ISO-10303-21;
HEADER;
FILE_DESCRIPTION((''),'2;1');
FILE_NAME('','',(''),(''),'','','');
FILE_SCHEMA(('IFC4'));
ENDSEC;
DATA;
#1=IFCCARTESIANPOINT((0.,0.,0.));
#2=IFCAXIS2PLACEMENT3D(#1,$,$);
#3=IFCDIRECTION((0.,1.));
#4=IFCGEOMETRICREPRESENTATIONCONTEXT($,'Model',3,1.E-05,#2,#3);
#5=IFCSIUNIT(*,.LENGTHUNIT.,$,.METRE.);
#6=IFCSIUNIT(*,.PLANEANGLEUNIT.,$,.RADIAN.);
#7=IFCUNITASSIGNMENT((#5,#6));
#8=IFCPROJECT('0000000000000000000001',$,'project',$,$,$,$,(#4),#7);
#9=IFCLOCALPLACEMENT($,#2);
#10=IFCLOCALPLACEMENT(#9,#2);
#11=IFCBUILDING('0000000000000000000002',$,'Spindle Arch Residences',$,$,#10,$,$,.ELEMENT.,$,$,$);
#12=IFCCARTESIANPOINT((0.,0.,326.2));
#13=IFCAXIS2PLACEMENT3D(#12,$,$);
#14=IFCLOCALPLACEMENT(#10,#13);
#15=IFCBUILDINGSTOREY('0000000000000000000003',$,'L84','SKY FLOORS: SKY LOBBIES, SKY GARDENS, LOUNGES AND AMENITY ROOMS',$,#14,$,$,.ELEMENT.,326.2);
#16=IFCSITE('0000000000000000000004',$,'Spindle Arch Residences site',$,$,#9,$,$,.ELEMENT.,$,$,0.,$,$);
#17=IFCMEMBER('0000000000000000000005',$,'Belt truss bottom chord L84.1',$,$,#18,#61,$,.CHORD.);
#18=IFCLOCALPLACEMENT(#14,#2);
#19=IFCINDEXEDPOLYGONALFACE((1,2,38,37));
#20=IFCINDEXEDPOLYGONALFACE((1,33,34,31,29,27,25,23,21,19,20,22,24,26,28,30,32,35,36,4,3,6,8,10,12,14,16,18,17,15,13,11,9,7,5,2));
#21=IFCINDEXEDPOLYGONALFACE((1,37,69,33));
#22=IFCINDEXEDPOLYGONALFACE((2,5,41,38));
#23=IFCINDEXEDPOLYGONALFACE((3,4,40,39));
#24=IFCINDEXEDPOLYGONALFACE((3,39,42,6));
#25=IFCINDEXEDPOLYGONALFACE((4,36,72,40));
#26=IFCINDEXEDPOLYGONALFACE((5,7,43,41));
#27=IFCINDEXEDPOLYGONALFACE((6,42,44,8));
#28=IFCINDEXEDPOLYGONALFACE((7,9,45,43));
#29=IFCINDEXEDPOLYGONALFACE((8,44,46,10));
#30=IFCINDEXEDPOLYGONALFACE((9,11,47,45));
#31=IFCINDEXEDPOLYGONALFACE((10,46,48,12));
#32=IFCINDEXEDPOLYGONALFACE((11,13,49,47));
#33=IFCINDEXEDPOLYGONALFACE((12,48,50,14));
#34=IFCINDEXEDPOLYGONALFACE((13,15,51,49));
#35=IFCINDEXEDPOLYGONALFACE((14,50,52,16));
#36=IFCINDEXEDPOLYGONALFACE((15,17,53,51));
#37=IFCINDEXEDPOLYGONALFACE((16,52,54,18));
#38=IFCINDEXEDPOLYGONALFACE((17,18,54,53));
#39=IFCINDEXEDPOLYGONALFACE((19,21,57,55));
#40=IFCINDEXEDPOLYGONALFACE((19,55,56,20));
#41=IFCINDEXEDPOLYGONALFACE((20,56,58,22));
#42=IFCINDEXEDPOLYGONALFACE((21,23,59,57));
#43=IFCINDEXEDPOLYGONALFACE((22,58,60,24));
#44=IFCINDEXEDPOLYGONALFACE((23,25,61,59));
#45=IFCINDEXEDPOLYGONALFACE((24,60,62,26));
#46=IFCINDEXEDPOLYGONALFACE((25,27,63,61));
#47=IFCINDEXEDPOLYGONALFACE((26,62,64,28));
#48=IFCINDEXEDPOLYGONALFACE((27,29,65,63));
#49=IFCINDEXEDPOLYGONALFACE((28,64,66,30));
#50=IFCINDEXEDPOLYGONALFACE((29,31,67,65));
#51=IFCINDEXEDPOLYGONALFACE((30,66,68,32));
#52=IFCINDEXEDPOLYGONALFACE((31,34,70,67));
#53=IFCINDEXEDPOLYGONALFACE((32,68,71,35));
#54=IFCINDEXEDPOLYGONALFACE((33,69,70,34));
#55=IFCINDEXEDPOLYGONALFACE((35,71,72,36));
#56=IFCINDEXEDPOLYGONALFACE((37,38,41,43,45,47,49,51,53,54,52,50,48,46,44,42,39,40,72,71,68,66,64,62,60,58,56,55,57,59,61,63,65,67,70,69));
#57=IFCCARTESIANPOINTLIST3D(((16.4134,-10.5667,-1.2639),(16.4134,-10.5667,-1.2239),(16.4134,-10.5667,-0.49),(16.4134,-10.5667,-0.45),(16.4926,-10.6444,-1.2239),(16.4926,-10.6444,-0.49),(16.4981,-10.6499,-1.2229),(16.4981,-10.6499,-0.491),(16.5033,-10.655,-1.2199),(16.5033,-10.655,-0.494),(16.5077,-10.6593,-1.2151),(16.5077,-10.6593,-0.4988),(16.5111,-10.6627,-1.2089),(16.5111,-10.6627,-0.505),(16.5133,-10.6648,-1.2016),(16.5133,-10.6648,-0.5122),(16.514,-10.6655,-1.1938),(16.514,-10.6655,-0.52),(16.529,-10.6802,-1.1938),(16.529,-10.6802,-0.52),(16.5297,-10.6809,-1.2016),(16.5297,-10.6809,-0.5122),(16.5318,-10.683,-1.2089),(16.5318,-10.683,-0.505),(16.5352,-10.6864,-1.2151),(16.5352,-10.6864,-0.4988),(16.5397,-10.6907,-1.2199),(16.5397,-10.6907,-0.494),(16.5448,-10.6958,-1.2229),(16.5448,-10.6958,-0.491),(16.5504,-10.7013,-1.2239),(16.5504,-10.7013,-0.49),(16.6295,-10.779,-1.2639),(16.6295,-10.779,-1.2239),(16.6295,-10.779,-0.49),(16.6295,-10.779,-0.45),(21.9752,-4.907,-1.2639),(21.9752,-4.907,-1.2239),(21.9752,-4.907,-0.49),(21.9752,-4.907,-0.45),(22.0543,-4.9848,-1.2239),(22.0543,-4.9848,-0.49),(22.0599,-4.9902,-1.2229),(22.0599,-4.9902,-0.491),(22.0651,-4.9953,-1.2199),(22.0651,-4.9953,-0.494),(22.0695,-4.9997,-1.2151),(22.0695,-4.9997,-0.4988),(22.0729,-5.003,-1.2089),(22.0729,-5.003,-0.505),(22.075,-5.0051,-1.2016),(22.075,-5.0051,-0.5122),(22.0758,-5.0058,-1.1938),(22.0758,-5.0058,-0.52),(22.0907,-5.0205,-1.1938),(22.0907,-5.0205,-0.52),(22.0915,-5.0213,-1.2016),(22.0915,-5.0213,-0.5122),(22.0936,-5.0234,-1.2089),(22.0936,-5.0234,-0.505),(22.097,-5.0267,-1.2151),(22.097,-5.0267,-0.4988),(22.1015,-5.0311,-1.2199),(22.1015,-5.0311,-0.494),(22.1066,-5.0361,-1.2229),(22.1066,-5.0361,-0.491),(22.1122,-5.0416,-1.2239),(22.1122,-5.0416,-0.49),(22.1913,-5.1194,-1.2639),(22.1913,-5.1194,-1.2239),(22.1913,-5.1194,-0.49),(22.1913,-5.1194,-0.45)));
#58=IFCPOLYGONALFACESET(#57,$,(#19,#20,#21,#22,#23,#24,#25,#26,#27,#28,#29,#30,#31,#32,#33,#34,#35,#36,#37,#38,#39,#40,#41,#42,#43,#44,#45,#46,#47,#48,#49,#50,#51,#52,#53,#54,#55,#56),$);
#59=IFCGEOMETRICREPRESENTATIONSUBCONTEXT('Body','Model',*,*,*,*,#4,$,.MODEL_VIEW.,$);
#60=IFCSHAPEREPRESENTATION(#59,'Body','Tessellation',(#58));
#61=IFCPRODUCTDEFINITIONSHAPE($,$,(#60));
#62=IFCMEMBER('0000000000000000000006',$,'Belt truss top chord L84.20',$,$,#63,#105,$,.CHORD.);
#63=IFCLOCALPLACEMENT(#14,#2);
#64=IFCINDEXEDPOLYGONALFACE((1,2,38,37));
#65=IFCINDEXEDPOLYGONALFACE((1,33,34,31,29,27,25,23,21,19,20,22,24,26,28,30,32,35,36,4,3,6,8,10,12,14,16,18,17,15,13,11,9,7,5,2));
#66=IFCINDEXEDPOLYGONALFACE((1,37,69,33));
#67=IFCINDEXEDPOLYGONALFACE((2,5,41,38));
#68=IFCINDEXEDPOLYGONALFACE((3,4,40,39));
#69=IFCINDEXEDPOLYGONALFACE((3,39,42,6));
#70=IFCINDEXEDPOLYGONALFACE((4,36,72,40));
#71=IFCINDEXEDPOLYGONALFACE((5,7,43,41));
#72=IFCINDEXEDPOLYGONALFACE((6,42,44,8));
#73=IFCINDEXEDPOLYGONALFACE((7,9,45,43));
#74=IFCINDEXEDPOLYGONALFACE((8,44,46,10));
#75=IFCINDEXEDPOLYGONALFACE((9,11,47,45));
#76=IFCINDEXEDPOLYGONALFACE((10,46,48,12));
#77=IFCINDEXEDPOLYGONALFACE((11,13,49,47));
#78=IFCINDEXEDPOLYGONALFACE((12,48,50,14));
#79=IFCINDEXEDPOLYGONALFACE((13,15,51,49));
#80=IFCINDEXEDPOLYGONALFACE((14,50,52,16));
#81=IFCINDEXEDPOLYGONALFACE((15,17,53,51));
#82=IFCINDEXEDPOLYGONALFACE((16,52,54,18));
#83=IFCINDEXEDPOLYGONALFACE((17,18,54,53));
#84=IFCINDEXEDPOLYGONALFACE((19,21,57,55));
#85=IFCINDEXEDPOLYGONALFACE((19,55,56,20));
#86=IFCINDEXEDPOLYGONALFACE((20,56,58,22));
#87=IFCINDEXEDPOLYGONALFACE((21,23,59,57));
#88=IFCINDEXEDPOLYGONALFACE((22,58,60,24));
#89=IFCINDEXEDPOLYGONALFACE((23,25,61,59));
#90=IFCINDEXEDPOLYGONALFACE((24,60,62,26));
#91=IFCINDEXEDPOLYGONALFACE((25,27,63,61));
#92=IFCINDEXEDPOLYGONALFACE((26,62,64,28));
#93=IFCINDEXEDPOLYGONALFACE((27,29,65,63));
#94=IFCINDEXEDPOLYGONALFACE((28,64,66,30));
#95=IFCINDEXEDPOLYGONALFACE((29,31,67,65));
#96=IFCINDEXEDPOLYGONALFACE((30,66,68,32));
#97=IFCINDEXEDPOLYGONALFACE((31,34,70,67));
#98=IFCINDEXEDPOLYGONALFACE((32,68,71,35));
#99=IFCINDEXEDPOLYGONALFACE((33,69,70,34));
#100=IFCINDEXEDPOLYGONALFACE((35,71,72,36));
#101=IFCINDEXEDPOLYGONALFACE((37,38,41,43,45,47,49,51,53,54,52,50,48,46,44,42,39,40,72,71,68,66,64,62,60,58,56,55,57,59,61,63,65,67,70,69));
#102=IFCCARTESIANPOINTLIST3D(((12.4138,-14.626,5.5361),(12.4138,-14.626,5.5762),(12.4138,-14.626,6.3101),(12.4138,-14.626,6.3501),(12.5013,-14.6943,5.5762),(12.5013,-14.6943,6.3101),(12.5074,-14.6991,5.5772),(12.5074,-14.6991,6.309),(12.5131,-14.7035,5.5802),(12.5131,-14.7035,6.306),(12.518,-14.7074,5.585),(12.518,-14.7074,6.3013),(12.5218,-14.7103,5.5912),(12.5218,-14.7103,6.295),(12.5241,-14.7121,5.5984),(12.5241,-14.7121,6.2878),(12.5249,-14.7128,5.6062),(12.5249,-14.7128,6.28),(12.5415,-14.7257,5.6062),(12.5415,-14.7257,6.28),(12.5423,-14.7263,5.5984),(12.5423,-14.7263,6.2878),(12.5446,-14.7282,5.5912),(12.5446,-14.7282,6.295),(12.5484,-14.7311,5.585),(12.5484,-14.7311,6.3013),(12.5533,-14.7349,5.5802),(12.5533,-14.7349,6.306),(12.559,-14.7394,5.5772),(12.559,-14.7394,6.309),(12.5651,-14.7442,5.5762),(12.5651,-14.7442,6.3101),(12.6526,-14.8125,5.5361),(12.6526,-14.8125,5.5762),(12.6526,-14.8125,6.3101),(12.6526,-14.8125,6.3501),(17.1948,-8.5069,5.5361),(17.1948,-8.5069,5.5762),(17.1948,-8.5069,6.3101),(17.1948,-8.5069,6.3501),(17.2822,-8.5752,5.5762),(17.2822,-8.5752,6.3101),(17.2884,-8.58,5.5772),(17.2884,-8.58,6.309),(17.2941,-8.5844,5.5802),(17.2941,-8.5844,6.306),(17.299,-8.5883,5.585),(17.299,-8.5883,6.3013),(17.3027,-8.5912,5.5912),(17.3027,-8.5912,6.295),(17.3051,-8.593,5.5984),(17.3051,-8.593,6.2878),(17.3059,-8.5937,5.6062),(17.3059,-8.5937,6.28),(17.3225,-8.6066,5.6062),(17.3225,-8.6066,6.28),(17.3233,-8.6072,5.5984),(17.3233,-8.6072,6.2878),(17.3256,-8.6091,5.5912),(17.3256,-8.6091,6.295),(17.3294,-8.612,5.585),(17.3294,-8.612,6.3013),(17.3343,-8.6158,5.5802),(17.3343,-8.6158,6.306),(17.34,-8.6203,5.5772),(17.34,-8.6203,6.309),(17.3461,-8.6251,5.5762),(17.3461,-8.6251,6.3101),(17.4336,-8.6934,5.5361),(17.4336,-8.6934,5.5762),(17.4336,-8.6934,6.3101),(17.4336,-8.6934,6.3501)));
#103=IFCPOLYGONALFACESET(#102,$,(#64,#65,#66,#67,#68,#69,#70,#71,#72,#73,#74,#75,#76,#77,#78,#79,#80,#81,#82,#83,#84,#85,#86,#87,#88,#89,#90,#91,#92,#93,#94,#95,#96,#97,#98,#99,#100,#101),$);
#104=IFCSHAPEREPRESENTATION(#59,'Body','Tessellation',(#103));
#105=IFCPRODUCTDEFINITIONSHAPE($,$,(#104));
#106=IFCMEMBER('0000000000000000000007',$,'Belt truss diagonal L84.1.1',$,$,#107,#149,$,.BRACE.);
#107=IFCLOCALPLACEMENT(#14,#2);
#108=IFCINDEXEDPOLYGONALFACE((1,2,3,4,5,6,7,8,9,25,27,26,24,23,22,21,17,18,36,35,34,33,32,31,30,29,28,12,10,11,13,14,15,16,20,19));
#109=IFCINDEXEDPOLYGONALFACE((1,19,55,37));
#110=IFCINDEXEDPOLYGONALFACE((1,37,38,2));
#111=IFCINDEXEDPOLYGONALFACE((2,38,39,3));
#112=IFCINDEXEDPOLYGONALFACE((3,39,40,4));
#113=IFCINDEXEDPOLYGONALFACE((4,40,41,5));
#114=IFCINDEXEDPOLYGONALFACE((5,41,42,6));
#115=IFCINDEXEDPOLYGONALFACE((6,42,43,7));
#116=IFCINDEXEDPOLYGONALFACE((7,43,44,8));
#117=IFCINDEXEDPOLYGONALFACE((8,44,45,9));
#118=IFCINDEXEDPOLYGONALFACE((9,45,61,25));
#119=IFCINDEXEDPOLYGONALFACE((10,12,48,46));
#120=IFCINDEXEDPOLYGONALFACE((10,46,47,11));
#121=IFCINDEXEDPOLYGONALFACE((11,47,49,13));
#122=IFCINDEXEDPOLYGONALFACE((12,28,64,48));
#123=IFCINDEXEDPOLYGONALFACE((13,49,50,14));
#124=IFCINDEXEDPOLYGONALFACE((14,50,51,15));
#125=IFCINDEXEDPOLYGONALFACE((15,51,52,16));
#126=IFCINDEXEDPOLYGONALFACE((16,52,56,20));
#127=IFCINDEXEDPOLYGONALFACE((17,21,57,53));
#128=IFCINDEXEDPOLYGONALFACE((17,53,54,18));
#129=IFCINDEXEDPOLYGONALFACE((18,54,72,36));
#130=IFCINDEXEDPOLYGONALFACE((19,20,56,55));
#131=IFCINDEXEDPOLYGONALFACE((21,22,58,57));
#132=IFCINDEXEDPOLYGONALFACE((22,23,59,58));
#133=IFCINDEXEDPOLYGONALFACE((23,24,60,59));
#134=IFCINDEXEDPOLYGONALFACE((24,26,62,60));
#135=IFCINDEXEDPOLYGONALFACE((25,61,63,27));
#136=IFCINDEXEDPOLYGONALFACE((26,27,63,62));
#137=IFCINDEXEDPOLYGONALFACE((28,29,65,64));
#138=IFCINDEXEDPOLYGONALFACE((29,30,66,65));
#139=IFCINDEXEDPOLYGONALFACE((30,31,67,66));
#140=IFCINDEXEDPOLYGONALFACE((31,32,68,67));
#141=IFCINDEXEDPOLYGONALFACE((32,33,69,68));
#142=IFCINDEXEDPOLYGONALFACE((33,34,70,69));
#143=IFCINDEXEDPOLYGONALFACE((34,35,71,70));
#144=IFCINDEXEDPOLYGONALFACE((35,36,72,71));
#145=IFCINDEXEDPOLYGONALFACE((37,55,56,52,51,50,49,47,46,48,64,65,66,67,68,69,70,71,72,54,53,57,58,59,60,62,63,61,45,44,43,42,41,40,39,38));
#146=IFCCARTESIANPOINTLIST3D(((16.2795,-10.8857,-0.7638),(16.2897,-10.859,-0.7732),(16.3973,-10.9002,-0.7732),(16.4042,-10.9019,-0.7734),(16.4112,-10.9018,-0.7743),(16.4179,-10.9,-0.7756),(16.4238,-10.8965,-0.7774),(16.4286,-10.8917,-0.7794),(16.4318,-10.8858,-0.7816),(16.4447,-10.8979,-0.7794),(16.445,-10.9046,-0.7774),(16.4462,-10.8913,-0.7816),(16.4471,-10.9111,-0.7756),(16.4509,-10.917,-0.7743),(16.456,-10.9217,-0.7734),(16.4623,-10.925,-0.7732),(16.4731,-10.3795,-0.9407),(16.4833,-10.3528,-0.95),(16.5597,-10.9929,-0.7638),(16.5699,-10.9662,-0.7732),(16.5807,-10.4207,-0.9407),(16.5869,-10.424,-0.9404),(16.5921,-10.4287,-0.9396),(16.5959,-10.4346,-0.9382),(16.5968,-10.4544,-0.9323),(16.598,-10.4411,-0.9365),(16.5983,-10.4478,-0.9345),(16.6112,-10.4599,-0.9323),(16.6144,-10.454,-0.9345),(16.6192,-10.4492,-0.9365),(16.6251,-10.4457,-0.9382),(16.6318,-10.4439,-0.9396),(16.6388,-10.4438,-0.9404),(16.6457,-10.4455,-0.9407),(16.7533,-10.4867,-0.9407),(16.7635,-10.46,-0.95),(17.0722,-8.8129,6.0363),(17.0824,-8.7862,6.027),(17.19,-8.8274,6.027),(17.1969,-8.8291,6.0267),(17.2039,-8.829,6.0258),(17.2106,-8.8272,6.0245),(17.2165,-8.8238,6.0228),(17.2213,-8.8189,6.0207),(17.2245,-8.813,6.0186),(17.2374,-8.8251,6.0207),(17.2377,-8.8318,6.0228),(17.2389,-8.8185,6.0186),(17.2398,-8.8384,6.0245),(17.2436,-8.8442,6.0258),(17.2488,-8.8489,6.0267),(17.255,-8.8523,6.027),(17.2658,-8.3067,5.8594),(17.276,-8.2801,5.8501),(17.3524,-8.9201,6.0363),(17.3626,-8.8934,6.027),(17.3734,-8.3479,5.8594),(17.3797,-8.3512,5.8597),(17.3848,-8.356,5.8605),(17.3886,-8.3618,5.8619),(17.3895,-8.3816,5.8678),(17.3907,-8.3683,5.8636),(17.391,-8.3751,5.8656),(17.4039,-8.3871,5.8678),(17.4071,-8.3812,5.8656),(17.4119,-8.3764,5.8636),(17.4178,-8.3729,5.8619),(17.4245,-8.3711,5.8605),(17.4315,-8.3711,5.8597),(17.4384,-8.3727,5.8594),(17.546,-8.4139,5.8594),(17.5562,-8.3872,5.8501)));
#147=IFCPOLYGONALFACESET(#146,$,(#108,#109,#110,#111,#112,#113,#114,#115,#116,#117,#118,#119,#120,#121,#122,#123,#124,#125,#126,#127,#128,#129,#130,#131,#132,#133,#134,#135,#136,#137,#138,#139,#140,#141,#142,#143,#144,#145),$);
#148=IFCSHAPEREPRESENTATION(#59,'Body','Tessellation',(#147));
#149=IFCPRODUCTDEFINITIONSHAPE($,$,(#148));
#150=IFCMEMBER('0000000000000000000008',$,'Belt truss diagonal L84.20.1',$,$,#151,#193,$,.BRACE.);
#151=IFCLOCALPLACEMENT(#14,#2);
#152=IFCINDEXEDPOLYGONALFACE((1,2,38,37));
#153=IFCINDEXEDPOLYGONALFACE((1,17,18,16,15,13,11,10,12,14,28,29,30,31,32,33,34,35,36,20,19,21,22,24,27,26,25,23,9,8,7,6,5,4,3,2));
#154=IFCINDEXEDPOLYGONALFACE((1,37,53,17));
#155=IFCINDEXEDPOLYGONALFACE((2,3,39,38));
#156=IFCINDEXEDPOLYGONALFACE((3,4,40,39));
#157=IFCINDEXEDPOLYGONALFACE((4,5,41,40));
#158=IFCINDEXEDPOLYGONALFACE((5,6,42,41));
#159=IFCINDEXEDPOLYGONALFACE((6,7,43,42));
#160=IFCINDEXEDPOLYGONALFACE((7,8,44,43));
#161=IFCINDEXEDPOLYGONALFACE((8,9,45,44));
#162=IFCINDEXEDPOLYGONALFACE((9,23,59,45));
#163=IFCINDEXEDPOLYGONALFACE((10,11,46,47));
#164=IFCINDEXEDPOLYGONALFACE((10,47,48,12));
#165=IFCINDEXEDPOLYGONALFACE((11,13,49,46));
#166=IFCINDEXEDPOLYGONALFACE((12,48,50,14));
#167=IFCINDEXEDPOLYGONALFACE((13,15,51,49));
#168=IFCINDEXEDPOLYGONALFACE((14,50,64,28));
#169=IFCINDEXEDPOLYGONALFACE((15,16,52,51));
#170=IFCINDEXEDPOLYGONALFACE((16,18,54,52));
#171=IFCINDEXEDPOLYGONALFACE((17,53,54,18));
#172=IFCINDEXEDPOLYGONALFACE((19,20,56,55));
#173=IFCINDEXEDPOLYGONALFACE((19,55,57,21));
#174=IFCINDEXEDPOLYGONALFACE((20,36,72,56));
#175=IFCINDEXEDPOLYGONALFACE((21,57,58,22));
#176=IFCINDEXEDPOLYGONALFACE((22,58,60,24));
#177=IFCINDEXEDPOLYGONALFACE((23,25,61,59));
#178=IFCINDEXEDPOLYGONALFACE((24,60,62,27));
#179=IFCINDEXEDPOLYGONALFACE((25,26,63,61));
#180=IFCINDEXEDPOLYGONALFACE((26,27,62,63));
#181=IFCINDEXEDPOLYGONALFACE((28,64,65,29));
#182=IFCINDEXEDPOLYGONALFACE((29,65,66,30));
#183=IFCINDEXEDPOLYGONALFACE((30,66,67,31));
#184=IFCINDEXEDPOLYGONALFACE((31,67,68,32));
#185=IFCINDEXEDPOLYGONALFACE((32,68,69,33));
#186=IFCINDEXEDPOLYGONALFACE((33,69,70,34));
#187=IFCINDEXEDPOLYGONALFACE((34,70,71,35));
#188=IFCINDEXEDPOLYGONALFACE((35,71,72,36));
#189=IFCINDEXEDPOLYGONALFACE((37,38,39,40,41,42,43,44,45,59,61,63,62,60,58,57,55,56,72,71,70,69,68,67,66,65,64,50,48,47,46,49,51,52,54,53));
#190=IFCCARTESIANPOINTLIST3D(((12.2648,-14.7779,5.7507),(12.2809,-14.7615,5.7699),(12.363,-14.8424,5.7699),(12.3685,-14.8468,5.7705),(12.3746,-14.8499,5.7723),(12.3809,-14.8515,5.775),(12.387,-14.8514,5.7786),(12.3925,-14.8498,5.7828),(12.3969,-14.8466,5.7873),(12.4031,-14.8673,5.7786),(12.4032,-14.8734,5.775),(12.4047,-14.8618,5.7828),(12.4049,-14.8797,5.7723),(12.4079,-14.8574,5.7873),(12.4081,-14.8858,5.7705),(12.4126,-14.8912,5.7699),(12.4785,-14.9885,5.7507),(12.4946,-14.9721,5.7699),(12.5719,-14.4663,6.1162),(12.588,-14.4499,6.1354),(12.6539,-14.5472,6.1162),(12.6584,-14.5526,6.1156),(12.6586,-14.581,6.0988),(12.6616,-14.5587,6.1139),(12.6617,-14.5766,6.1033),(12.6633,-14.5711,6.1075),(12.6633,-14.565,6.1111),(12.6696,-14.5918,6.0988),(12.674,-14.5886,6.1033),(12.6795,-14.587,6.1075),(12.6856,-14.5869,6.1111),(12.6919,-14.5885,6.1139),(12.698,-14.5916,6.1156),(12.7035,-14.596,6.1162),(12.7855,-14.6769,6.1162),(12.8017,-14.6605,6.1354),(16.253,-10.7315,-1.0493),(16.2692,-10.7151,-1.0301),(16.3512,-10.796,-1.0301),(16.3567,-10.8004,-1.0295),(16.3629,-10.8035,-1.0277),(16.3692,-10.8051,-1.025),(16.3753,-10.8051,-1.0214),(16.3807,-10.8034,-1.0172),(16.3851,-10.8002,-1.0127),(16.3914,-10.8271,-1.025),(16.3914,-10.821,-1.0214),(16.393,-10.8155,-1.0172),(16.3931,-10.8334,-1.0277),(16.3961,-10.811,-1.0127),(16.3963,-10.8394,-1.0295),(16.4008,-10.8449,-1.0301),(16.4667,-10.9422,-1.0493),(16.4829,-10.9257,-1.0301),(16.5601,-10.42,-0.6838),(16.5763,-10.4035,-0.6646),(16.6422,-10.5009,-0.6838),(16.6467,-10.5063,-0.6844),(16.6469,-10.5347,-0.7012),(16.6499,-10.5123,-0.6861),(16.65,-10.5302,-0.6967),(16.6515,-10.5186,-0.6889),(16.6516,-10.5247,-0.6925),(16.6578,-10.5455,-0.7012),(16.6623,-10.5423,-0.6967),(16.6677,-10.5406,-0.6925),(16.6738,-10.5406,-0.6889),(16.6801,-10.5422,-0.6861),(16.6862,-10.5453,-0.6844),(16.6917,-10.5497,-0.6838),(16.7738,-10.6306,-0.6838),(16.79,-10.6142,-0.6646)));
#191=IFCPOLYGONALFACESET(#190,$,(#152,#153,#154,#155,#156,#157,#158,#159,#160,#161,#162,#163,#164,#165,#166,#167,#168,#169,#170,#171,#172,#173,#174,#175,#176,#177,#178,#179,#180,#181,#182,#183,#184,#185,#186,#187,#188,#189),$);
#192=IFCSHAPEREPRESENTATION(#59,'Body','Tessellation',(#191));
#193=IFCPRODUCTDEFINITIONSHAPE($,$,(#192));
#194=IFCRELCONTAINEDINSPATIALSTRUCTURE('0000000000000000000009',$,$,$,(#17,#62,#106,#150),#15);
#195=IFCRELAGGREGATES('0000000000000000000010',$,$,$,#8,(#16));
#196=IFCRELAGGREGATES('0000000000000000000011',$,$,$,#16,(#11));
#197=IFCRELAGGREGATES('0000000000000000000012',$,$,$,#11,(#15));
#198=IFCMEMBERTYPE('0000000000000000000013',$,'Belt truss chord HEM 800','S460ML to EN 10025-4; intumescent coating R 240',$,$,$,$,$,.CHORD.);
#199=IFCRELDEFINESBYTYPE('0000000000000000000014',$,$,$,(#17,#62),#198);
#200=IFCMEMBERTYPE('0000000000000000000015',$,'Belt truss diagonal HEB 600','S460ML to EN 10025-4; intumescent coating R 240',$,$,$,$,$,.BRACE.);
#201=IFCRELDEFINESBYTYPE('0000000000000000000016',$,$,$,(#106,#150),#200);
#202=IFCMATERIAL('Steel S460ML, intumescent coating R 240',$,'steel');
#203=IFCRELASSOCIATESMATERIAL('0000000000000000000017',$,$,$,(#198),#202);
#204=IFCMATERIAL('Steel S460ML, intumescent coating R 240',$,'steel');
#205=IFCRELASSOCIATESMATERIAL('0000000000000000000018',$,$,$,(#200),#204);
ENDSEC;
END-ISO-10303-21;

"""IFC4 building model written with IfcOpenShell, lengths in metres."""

from ifc_helpers import new_model, si_unit, direction, frame, origin, origin_2d, place, context, subcontext, project, spatial, i_section, extrude, material, material_profile, profile_set, type_object, element, save


model = new_model("IFC4")

# Units and contexts
model_context = context("Model", 3, precision=1e-05, world=origin(), true_north=direction((0.0, 1.0)))
body_context = subcontext(model_context, "Body", "Model", "MODEL_VIEW")
ifc_project = project(units=[si_unit("LENGTHUNIT", "METRE"), si_unit("PLANEANGLEUNIT", "RADIAN")], contexts=[model_context])

# Site, building, storey
site_placement = place(None, origin())
site = spatial("IfcSite", under=ifc_project, at=site_placement, Name="Spindle Arch Residences site", CompositionType="ELEMENT", RefElevation=0.0)
building_placement = place(site_placement, origin())
building = spatial("IfcBuilding", under=site, at=building_placement, Name="Spindle Arch Residences", CompositionType="ELEMENT")
storey_placement = place(building_placement, frame((0.0, 0.0, 326.2)))
storey = spatial("IfcBuildingStorey", under=building, at=storey_placement, Name="L84", Description="SKY FLOORS: SKY LOBBIES, SKY GARDENS, LOUNGES AND AMENITY ROOMS", CompositionType="ELEMENT", Elevation=326.2)

# Members
ifc_material_1 = material(Name="Steel S460ML, intumescent coating R 240", Category="steel")
ifc_material_profile_1 = material_profile(ifc_material_1, i_section(OverallWidth=0.303, OverallDepth=0.814, WebThickness=0.021, FlangeThickness=0.04, FilletRadius=0.03, at=origin_2d()), Name="HEM 800")
ifc_profile_set_1 = profile_set([ifc_material_profile_1], Name="Steel S460ML, intumescent coating R 240")
member_type_1 = type_object("IfcMemberType", Name="Belt truss chord HEM 800", Description="S460ML to EN 10025-4; intumescent coating R 240", PredefinedType="CHORD", material=ifc_profile_set_1)
member_1_placement = place(storey_placement, frame((16.5215, -10.6729, -0.8569), z_axis=(0.700911, 0.713249, 0.0), x_axis=(-0.713249, 0.700911, 0.0)))
element("IfcMember", 1, at=member_1_placement, inside=storey, type_object=member_type_1, Name="Belt truss bottom chord L84.1", PredefinedType="CHORD", context=body_context, shape_type="SweptSolid", body=[
    extrude(i_section(OverallWidth=0.303, OverallDepth=0.814, WebThickness=0.021, FlangeThickness=0.04, FilletRadius=0.03, at=origin_2d()), origin(), (0.0, 0.0, 1.0), 7.9351),
])
member_2_placement = place(storey_placement, frame((12.5332, -14.7192, 5.9431), z_axis=(0.615678, 0.787998, 0.0), x_axis=(-0.787998, 0.615678, 0.0)))
element("IfcMember", 2, at=member_2_placement, inside=storey, type_object=member_type_1, Name="Belt truss top chord L84.20", PredefinedType="CHORD", context=body_context, shape_type="SweptSolid", body=[
    extrude(i_section(OverallWidth=0.303, OverallDepth=0.814, WebThickness=0.021, FlangeThickness=0.04, FilletRadius=0.03, at=origin_2d()), origin(), (0.0, 0.0, 1.0), 7.7654),
])
ifc_material_2 = material(Name="Steel S460ML, intumescent coating R 240", Category="steel")
ifc_material_profile_2 = material_profile(ifc_material_2, i_section(OverallWidth=0.3, OverallDepth=0.6001, WebThickness=0.0154, FlangeThickness=0.03, FilletRadius=0.0271, at=origin_2d()), Name="HEB 600")
ifc_profile_set_2 = profile_set([ifc_material_profile_2], Name="Steel S460ML, intumescent coating R 240")
member_type_2 = type_object("IfcMemberType", Name="Belt truss diagonal HEB 600", Description="S460ML to EN 10025-4; intumescent coating R 240", PredefinedType="BRACE", material=ifc_profile_set_2)
member_3_placement = place(storey_placement, frame((16.5215, -10.6729, -0.8569), z_axis=(0.110824, 0.289774, 0.950657), x_axis=(-0.934022, 0.357217, 0.0)))
element("IfcMember", 3, at=member_3_placement, inside=storey, type_object=member_type_2, Name="Belt truss diagonal L84.1.1", PredefinedType="BRACE", context=body_context, shape_type="SweptSolid", body=[
    extrude(i_section(OverallWidth=0.3, OverallDepth=0.6001, WebThickness=0.0154, FlangeThickness=0.03, FilletRadius=0.0271, at=origin_2d()), origin(), (0.0, 0.0, 1.0), 7.1531),
])
member_4_placement = place(storey_placement, frame((16.5215, -10.6729, -0.8569), z_axis=(-0.450085, -0.456643, 0.767399), x_axis=(0.712202, -0.701975, 0.0)))
element("IfcMember", 4, at=member_4_placement, inside=storey, type_object=member_type_2, Name="Belt truss diagonal L84.20.1", PredefinedType="BRACE", context=body_context, shape_type="SweptSolid", body=[
    extrude(i_section(OverallWidth=0.3, OverallDepth=0.6001, WebThickness=0.0154, FlangeThickness=0.03, FilletRadius=0.0271, at=origin_2d()), origin(), (0.0, 0.0, 1.0), 8.8611),
])

save(model, "model.ifc")
